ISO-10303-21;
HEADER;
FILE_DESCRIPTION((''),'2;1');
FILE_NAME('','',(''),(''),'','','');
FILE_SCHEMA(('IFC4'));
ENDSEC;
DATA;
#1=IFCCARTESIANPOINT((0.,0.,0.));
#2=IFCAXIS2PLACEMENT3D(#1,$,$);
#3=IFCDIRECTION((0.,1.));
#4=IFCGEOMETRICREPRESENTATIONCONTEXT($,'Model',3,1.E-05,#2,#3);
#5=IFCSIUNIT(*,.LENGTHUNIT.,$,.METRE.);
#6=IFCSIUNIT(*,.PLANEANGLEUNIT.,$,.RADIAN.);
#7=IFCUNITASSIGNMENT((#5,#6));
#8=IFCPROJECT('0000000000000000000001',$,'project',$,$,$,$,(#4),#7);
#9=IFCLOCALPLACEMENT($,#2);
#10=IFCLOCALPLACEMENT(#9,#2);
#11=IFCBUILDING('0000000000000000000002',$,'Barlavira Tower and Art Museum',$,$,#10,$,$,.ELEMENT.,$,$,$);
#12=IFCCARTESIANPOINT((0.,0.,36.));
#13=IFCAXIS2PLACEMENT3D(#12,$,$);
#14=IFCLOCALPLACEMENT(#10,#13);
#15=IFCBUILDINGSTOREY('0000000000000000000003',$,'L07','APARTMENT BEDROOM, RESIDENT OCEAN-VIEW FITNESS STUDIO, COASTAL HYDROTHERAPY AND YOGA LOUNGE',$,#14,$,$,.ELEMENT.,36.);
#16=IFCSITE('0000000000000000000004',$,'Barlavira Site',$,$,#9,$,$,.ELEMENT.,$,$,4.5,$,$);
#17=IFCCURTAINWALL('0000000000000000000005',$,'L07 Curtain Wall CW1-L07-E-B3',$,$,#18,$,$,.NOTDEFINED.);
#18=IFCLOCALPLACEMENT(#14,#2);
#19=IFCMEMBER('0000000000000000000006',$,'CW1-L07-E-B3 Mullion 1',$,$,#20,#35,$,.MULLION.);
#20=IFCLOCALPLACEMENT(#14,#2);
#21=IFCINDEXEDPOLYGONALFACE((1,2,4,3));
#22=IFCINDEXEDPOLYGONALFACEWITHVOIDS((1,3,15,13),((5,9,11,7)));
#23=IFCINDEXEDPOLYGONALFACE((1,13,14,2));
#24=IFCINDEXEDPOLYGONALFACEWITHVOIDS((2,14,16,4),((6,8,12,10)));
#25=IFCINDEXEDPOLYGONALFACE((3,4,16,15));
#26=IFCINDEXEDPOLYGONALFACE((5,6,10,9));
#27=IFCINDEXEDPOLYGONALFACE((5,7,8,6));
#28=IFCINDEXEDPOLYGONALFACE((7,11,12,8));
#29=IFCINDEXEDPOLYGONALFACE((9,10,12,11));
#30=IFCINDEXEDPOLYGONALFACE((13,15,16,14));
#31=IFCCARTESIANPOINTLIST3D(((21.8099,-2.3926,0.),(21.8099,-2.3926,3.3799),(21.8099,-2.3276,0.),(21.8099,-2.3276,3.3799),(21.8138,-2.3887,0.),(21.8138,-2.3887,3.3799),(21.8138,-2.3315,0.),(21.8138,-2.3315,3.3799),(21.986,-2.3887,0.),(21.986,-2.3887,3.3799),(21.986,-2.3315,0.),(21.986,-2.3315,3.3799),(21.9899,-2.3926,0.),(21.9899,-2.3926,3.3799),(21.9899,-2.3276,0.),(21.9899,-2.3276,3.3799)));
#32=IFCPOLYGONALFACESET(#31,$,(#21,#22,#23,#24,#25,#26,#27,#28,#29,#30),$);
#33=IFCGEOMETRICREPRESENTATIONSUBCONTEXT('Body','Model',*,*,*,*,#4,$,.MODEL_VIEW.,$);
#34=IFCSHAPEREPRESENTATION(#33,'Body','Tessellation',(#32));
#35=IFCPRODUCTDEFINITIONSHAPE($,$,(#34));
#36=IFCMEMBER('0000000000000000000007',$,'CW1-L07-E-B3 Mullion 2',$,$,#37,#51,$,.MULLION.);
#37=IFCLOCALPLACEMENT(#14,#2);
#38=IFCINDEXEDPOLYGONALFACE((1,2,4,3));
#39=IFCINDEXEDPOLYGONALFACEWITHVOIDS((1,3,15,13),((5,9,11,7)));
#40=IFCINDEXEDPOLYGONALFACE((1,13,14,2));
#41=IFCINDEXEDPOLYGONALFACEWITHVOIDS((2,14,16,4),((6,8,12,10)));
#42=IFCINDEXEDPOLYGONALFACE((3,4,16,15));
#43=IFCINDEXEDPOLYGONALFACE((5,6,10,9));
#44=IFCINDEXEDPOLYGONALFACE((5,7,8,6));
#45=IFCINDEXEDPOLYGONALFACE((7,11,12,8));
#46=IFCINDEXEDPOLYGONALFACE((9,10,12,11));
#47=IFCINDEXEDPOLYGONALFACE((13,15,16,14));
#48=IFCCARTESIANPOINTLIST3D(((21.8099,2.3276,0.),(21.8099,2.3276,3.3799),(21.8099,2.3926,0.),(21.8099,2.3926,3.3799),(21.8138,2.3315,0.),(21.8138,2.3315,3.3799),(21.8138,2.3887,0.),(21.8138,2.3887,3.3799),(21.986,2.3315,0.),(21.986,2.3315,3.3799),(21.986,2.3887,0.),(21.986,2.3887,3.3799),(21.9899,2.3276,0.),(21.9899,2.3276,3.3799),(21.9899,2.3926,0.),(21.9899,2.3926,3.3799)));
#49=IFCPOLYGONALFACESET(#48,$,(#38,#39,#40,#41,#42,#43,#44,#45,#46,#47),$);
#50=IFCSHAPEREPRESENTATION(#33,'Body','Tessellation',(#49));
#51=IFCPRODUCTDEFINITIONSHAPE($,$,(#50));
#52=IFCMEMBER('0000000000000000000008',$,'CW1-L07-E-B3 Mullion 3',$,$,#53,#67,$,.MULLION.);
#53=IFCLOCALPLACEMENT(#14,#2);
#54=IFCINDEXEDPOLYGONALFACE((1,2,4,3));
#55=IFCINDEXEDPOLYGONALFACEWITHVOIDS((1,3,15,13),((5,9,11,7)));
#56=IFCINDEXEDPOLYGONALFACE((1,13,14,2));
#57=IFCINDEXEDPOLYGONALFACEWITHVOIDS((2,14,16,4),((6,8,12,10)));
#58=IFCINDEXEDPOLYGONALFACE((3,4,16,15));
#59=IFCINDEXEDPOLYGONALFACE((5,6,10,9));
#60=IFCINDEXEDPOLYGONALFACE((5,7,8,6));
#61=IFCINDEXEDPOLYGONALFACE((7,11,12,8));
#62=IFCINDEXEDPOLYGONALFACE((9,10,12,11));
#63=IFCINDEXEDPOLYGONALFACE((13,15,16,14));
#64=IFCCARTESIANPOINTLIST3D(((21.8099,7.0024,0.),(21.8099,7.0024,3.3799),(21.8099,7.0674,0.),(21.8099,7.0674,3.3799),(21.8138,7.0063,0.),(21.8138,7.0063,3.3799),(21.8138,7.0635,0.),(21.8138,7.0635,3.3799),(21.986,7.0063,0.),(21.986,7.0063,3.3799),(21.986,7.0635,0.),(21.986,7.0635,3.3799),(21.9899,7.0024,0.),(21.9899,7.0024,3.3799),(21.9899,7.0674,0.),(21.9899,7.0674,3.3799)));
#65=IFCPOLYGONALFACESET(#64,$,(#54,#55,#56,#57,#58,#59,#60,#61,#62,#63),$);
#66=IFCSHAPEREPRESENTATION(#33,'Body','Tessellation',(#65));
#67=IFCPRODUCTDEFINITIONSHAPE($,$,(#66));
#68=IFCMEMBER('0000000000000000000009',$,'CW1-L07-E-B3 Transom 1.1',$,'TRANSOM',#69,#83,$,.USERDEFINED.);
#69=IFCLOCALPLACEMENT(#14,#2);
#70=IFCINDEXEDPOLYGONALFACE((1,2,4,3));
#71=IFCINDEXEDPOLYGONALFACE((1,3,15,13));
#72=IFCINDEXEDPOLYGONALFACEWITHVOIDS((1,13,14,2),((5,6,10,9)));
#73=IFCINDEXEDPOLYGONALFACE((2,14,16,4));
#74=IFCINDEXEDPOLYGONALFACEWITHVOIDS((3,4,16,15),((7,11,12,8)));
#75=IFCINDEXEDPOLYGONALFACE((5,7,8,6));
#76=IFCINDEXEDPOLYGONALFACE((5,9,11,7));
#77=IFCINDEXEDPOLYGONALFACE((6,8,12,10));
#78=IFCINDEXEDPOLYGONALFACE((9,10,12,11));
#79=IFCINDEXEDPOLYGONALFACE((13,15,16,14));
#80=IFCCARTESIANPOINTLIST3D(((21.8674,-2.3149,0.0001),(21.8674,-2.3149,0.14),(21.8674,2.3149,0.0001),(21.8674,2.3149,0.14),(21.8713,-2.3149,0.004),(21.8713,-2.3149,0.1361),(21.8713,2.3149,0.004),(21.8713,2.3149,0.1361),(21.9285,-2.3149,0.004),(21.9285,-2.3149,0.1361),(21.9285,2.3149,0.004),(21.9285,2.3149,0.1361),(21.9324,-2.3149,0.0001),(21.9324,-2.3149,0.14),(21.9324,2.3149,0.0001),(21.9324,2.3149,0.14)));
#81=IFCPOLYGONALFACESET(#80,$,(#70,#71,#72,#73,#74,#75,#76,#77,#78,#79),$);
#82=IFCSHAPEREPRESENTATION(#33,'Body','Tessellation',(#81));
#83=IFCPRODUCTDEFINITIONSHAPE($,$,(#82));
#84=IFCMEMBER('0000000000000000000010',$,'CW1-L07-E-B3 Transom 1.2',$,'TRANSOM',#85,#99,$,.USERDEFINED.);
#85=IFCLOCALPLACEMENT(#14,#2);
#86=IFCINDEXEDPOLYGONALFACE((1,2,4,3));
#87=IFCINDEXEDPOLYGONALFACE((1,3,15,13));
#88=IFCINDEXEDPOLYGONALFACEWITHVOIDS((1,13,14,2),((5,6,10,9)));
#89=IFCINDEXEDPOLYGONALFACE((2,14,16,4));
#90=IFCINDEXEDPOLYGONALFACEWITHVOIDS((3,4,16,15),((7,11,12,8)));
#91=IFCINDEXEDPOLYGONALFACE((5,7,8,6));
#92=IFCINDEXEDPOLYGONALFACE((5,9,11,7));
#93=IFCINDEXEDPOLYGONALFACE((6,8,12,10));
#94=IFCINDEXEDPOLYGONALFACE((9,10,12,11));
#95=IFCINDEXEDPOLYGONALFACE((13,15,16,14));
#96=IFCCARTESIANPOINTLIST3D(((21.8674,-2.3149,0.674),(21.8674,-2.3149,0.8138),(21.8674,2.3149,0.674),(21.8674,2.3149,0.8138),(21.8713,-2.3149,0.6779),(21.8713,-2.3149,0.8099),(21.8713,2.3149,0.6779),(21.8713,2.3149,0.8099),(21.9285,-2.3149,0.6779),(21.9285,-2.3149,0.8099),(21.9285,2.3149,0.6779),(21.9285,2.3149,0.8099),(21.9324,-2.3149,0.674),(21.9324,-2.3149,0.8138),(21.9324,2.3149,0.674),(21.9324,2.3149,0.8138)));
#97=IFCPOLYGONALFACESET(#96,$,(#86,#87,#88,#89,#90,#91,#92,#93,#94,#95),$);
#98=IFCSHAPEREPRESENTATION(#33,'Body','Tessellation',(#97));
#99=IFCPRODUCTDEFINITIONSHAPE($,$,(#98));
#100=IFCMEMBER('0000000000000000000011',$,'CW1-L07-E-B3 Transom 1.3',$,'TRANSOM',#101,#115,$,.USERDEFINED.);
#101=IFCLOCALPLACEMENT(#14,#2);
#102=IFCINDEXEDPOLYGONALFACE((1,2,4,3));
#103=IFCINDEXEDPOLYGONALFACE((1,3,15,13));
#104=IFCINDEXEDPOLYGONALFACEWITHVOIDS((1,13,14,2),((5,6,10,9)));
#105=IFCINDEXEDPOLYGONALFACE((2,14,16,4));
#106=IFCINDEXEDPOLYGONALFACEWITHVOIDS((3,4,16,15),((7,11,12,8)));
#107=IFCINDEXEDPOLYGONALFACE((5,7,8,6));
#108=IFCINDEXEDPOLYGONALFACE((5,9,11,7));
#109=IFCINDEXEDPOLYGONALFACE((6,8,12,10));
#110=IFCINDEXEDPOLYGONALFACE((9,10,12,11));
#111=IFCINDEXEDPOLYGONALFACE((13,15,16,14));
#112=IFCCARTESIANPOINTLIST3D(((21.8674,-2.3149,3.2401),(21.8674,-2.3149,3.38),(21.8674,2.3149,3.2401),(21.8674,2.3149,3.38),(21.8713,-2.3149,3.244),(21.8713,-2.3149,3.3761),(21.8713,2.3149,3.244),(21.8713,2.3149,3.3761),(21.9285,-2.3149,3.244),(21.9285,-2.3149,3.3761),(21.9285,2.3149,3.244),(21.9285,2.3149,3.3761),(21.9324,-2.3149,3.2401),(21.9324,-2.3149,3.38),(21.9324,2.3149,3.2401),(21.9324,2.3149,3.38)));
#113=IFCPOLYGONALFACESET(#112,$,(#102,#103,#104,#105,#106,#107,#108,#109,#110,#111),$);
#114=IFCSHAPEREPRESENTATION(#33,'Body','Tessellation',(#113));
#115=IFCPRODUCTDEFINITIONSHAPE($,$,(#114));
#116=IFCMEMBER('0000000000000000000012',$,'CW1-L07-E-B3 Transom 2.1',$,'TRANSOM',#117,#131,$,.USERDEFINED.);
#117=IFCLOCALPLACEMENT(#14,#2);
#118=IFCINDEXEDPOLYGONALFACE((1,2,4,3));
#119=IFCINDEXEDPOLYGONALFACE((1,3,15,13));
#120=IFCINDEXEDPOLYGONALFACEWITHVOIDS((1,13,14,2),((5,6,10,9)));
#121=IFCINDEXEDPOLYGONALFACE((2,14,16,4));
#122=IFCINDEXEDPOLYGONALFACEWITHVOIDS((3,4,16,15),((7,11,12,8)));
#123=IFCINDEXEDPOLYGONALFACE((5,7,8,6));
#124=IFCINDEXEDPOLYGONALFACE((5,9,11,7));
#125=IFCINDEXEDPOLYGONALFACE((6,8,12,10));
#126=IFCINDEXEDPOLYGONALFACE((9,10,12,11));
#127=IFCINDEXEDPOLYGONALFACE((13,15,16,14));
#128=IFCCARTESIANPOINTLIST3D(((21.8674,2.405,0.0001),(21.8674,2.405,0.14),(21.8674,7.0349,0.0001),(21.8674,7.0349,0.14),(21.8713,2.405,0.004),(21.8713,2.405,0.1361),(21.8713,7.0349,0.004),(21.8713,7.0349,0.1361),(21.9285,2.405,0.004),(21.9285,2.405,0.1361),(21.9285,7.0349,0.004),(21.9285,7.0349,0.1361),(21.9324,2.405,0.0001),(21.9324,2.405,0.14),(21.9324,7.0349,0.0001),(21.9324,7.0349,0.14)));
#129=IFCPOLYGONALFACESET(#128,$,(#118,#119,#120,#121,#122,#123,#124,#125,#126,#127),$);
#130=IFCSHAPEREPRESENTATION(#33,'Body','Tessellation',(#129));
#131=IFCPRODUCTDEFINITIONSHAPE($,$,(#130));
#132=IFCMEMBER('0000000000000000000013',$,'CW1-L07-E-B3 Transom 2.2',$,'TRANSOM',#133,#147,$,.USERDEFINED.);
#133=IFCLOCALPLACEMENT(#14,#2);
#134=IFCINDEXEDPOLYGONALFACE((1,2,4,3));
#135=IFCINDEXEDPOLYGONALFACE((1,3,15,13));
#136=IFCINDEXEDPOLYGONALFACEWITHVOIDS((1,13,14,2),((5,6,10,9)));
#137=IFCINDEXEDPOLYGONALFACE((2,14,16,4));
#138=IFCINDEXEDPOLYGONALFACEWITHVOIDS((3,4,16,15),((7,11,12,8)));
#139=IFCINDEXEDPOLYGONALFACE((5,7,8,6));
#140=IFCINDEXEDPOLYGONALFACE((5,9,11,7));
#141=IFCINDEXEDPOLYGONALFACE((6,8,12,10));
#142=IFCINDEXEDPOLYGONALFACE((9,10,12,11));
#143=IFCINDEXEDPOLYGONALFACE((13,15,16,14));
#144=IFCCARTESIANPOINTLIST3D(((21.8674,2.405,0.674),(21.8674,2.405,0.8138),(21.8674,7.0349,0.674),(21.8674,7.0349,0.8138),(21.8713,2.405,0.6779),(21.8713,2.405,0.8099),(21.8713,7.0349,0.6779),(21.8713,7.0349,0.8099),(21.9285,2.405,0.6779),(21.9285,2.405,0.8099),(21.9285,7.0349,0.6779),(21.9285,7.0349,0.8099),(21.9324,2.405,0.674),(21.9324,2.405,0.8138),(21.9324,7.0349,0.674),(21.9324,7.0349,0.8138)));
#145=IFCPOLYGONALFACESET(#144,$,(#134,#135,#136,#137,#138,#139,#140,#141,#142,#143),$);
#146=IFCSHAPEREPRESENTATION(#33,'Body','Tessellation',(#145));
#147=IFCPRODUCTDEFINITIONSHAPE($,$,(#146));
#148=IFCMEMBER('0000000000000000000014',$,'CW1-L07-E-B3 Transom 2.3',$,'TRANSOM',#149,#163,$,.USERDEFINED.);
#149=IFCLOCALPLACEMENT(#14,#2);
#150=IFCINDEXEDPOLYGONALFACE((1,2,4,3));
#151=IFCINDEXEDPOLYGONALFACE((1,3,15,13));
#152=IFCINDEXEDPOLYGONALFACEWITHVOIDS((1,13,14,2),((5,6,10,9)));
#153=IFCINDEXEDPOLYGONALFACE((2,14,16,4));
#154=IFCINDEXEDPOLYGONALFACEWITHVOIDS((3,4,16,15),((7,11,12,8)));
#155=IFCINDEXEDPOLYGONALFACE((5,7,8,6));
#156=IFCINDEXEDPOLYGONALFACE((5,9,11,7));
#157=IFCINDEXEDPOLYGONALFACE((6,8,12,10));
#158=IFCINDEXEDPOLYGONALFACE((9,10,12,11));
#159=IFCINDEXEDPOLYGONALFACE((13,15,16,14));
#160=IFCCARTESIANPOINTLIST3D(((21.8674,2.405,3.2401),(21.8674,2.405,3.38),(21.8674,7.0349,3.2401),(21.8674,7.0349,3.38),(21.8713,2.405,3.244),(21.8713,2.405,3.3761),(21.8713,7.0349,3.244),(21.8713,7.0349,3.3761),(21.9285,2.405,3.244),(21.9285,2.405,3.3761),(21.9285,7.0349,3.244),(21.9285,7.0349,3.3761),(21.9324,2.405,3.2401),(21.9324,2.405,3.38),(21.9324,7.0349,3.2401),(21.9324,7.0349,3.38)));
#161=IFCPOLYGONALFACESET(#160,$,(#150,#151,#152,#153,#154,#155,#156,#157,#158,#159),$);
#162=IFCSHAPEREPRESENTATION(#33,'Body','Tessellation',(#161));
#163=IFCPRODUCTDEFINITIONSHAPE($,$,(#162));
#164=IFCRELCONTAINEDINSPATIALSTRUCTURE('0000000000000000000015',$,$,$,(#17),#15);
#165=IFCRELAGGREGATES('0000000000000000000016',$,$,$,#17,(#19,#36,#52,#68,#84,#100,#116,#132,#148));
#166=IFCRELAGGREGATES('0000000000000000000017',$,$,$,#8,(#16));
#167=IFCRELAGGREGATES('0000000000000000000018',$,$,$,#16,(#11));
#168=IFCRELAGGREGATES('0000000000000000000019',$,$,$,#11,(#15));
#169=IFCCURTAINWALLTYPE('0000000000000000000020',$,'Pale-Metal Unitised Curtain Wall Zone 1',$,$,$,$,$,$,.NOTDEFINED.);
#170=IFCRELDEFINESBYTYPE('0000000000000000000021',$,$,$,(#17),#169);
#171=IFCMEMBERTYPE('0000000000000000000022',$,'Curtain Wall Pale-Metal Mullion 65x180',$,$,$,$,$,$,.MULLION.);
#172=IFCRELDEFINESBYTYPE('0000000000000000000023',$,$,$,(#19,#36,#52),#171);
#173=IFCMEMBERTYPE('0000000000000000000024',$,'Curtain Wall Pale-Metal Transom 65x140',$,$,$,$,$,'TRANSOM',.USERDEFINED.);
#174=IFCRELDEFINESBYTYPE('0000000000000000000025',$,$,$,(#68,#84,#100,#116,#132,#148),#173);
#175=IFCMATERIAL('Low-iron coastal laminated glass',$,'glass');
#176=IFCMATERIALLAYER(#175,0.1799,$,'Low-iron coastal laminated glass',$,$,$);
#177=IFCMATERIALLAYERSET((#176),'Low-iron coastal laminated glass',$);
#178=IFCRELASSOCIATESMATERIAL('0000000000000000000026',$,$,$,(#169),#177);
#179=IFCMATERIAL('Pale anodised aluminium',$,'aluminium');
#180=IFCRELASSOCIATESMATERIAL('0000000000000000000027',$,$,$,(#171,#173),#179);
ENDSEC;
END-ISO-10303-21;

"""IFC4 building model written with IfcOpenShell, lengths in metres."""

from ifc_helpers import new_model, si_unit, direction, frame, origin, origin_2d, place, context, subcontext, project, spatial, hollow_rectangle, extrude, material, layer, layer_set, material_profile, profile_set, type_object, element, aggregate, save


model = new_model("IFC4")

# Units and contexts
model_context = context("Model", 3, precision=1e-05, world=origin(), true_north=direction((0.0, 1.0)))
body_context = subcontext(model_context, "Body", "Model", "MODEL_VIEW")
ifc_project = project(units=[si_unit("LENGTHUNIT", "METRE"), si_unit("PLANEANGLEUNIT", "RADIAN")], contexts=[model_context])

# Site, building, storey
site_placement = place(None, origin())
site = spatial("IfcSite", under=ifc_project, at=site_placement, Name="Barlavira Site", CompositionType="ELEMENT", RefElevation=4.5)
building_placement = place(site_placement, origin())
building = spatial("IfcBuilding", under=site, at=building_placement, Name="Barlavira Tower and Art Museum", CompositionType="ELEMENT")
storey_placement = place(building_placement, frame((0.0, 0.0, 36.0)))
storey = spatial("IfcBuildingStorey", under=building, at=storey_placement, Name="L07", Description="APARTMENT BEDROOM, RESIDENT OCEAN-VIEW FITNESS STUDIO, COASTAL HYDROTHERAPY AND YOGA LOUNGE", CompositionType="ELEMENT", Elevation=36.0)

# Curtain wall, members
ifc_material_1 = material(Name="Low-iron coastal laminated glass", Category="glass")
ifc_layer_1 = layer(ifc_material_1, 0.1799, Name="Low-iron coastal laminated glass")
ifc_layer_set_1 = layer_set([ifc_layer_1], Name="Low-iron coastal laminated glass")
curtain_wall_type = type_object("IfcCurtainWallType", Name="Pale-Metal Unitised Curtain Wall Zone 1", PredefinedType="NOTDEFINED", material=ifc_layer_set_1)
curtain_wall_placement = place(storey_placement, origin())
curtain_wall = element("IfcCurtainWall", 1, at=curtain_wall_placement, inside=storey, type_object=curtain_wall_type, Name="L07 Curtain Wall CW1-L07-E-B3", PredefinedType="NOTDEFINED")
ifc_material_2 = material(Name="Pale anodised aluminium", Category="aluminium")
ifc_material_profile_1 = material_profile(ifc_material_2, hollow_rectangle(XDim=0.0649, YDim=0.1799, WallThickness=0.0039, at=origin_2d()), Name="ALU-MULL 65x180x4")
ifc_profile_set_1 = profile_set([ifc_material_profile_1], Name="Pale anodised aluminium")
member_type_1 = type_object("IfcMemberType", Name="Curtain Wall Pale-Metal Mullion 65x180", PredefinedType="MULLION", material=ifc_profile_set_1)
member_1_placement = place(storey_placement, frame((21.8999, -2.3601, 0.0), z_axis=(0.0, 0.0, 1.0), x_axis=(0.0, 1.0, 0.0)))
member_1 = element("IfcMember", 2, at=member_1_placement, type_object=member_type_1, Name="CW1-L07-E-B3 Mullion 1", PredefinedType="MULLION", context=body_context, shape_type="SweptSolid", body=[
    extrude(hollow_rectangle(XDim=0.0649, YDim=0.1799, WallThickness=0.0039, at=origin_2d()), origin(), (0.0, 0.0, 1.0), 3.3799),
])
member_2_placement = place(storey_placement, frame((21.8999, 2.3601, 0.0), z_axis=(0.0, 0.0, 1.0), x_axis=(0.0, 1.0, 0.0)))
member_2 = element("IfcMember", 3, at=member_2_placement, type_object=member_type_1, Name="CW1-L07-E-B3 Mullion 2", PredefinedType="MULLION", context=body_context, shape_type="SweptSolid", body=[
    extrude(hollow_rectangle(XDim=0.0649, YDim=0.1799, WallThickness=0.0039, at=origin_2d()), origin(), (0.0, 0.0, 1.0), 3.3799),
])
member_3_placement = place(storey_placement, frame((21.8999, 7.0349, 0.0), z_axis=(0.0, 0.0, 1.0), x_axis=(0.0, 1.0, 0.0)))
member_3 = element("IfcMember", 4, at=member_3_placement, type_object=member_type_1, Name="CW1-L07-E-B3 Mullion 3", PredefinedType="MULLION", context=body_context, shape_type="SweptSolid", body=[
    extrude(hollow_rectangle(XDim=0.0649, YDim=0.1799, WallThickness=0.0039, at=origin_2d()), origin(), (0.0, 0.0, 1.0), 3.3799),
])
ifc_material_profile_2 = material_profile(ifc_material_2, hollow_rectangle(XDim=0.0649, YDim=0.1399, WallThickness=0.0039, at=origin_2d()), Name="ALU-TRAN 65x140x4")
ifc_profile_set_2 = profile_set([ifc_material_profile_2], Name="Pale anodised aluminium")
member_type_2 = type_object("IfcMemberType", Name="Curtain Wall Pale-Metal Transom 65x140", ElementType="TRANSOM", PredefinedType="USERDEFINED", material=ifc_profile_set_2)
member_4_placement = place(storey_placement, frame((21.8999, -2.3149, 0.0701), z_axis=(0.0, 1.0, 0.0), x_axis=(-1.0, 0.0, 0.0)))
member_4 = element("IfcMember", 5, at=member_4_placement, type_object=member_type_2, Name="CW1-L07-E-B3 Transom 1.1", ObjectType="TRANSOM", PredefinedType="USERDEFINED", context=body_context, shape_type="SweptSolid", body=[
    extrude(hollow_rectangle(XDim=0.0649, YDim=0.1399, WallThickness=0.0039, at=origin_2d()), origin(), (0.0, 0.0, 1.0), 4.6299),
])
member_5_placement = place(storey_placement, frame((21.8999, -2.3149, 0.7439), z_axis=(0.0, 1.0, 0.0), x_axis=(-1.0, 0.0, 0.0)))
member_5 = element("IfcMember", 6, at=member_5_placement, type_object=member_type_2, Name="CW1-L07-E-B3 Transom 1.2", ObjectType="TRANSOM", PredefinedType="USERDEFINED", context=body_context, shape_type="SweptSolid", body=[
    extrude(hollow_rectangle(XDim=0.0649, YDim=0.1399, WallThickness=0.0039, at=origin_2d()), origin(), (0.0, 0.0, 1.0), 4.6299),
])
member_6_placement = place(storey_placement, frame((21.8999, -2.3149, 3.3101), z_axis=(0.0, 1.0, 0.0), x_axis=(-1.0, 0.0, 0.0)))
member_6 = element("IfcMember", 7, at=member_6_placement, type_object=member_type_2, Name="CW1-L07-E-B3 Transom 1.3", ObjectType="TRANSOM", PredefinedType="USERDEFINED", context=body_context, shape_type="SweptSolid", body=[
    extrude(hollow_rectangle(XDim=0.0649, YDim=0.1399, WallThickness=0.0039, at=origin_2d()), origin(), (0.0, 0.0, 1.0), 4.6299),
])
member_7_placement = place(storey_placement, frame((21.8999, 2.405, 0.0701), z_axis=(0.0, 1.0, 0.0), x_axis=(-1.0, 0.0, 0.0)))
member_7 = element("IfcMember", 8, at=member_7_placement, type_object=member_type_2, Name="CW1-L07-E-B3 Transom 2.1", ObjectType="TRANSOM", PredefinedType="USERDEFINED", context=body_context, shape_type="SweptSolid", body=[
    extrude(hollow_rectangle(XDim=0.0649, YDim=0.1399, WallThickness=0.0039, at=origin_2d()), origin(), (0.0, 0.0, 1.0), 4.6299),
])
member_8_placement = place(storey_placement, frame((21.8999, 2.405, 0.7439), z_axis=(0.0, 1.0, 0.0), x_axis=(-1.0, 0.0, 0.0)))
member_8 = element("IfcMember", 9, at=member_8_placement, type_object=member_type_2, Name="CW1-L07-E-B3 Transom 2.2", ObjectType="TRANSOM", PredefinedType="USERDEFINED", context=body_context, shape_type="SweptSolid", body=[
    extrude(hollow_rectangle(XDim=0.0649, YDim=0.1399, WallThickness=0.0039, at=origin_2d()), origin(), (0.0, 0.0, 1.0), 4.6299),
])
member_9_placement = place(storey_placement, frame((21.8999, 2.405, 3.3101), z_axis=(0.0, 1.0, 0.0), x_axis=(-1.0, 0.0, 0.0)))
member_9 = element("IfcMember", 10, at=member_9_placement, type_object=member_type_2, Name="CW1-L07-E-B3 Transom 2.3", ObjectType="TRANSOM", PredefinedType="USERDEFINED", context=body_context, shape_type="SweptSolid", body=[
    extrude(hollow_rectangle(XDim=0.0649, YDim=0.1399, WallThickness=0.0039, at=origin_2d()), origin(), (0.0, 0.0, 1.0), 4.6299),
])

aggregate(curtain_wall, [member_1, member_2, member_3, member_4, member_5, member_6, member_7, member_8, member_9])

save(model, "model.ifc")
